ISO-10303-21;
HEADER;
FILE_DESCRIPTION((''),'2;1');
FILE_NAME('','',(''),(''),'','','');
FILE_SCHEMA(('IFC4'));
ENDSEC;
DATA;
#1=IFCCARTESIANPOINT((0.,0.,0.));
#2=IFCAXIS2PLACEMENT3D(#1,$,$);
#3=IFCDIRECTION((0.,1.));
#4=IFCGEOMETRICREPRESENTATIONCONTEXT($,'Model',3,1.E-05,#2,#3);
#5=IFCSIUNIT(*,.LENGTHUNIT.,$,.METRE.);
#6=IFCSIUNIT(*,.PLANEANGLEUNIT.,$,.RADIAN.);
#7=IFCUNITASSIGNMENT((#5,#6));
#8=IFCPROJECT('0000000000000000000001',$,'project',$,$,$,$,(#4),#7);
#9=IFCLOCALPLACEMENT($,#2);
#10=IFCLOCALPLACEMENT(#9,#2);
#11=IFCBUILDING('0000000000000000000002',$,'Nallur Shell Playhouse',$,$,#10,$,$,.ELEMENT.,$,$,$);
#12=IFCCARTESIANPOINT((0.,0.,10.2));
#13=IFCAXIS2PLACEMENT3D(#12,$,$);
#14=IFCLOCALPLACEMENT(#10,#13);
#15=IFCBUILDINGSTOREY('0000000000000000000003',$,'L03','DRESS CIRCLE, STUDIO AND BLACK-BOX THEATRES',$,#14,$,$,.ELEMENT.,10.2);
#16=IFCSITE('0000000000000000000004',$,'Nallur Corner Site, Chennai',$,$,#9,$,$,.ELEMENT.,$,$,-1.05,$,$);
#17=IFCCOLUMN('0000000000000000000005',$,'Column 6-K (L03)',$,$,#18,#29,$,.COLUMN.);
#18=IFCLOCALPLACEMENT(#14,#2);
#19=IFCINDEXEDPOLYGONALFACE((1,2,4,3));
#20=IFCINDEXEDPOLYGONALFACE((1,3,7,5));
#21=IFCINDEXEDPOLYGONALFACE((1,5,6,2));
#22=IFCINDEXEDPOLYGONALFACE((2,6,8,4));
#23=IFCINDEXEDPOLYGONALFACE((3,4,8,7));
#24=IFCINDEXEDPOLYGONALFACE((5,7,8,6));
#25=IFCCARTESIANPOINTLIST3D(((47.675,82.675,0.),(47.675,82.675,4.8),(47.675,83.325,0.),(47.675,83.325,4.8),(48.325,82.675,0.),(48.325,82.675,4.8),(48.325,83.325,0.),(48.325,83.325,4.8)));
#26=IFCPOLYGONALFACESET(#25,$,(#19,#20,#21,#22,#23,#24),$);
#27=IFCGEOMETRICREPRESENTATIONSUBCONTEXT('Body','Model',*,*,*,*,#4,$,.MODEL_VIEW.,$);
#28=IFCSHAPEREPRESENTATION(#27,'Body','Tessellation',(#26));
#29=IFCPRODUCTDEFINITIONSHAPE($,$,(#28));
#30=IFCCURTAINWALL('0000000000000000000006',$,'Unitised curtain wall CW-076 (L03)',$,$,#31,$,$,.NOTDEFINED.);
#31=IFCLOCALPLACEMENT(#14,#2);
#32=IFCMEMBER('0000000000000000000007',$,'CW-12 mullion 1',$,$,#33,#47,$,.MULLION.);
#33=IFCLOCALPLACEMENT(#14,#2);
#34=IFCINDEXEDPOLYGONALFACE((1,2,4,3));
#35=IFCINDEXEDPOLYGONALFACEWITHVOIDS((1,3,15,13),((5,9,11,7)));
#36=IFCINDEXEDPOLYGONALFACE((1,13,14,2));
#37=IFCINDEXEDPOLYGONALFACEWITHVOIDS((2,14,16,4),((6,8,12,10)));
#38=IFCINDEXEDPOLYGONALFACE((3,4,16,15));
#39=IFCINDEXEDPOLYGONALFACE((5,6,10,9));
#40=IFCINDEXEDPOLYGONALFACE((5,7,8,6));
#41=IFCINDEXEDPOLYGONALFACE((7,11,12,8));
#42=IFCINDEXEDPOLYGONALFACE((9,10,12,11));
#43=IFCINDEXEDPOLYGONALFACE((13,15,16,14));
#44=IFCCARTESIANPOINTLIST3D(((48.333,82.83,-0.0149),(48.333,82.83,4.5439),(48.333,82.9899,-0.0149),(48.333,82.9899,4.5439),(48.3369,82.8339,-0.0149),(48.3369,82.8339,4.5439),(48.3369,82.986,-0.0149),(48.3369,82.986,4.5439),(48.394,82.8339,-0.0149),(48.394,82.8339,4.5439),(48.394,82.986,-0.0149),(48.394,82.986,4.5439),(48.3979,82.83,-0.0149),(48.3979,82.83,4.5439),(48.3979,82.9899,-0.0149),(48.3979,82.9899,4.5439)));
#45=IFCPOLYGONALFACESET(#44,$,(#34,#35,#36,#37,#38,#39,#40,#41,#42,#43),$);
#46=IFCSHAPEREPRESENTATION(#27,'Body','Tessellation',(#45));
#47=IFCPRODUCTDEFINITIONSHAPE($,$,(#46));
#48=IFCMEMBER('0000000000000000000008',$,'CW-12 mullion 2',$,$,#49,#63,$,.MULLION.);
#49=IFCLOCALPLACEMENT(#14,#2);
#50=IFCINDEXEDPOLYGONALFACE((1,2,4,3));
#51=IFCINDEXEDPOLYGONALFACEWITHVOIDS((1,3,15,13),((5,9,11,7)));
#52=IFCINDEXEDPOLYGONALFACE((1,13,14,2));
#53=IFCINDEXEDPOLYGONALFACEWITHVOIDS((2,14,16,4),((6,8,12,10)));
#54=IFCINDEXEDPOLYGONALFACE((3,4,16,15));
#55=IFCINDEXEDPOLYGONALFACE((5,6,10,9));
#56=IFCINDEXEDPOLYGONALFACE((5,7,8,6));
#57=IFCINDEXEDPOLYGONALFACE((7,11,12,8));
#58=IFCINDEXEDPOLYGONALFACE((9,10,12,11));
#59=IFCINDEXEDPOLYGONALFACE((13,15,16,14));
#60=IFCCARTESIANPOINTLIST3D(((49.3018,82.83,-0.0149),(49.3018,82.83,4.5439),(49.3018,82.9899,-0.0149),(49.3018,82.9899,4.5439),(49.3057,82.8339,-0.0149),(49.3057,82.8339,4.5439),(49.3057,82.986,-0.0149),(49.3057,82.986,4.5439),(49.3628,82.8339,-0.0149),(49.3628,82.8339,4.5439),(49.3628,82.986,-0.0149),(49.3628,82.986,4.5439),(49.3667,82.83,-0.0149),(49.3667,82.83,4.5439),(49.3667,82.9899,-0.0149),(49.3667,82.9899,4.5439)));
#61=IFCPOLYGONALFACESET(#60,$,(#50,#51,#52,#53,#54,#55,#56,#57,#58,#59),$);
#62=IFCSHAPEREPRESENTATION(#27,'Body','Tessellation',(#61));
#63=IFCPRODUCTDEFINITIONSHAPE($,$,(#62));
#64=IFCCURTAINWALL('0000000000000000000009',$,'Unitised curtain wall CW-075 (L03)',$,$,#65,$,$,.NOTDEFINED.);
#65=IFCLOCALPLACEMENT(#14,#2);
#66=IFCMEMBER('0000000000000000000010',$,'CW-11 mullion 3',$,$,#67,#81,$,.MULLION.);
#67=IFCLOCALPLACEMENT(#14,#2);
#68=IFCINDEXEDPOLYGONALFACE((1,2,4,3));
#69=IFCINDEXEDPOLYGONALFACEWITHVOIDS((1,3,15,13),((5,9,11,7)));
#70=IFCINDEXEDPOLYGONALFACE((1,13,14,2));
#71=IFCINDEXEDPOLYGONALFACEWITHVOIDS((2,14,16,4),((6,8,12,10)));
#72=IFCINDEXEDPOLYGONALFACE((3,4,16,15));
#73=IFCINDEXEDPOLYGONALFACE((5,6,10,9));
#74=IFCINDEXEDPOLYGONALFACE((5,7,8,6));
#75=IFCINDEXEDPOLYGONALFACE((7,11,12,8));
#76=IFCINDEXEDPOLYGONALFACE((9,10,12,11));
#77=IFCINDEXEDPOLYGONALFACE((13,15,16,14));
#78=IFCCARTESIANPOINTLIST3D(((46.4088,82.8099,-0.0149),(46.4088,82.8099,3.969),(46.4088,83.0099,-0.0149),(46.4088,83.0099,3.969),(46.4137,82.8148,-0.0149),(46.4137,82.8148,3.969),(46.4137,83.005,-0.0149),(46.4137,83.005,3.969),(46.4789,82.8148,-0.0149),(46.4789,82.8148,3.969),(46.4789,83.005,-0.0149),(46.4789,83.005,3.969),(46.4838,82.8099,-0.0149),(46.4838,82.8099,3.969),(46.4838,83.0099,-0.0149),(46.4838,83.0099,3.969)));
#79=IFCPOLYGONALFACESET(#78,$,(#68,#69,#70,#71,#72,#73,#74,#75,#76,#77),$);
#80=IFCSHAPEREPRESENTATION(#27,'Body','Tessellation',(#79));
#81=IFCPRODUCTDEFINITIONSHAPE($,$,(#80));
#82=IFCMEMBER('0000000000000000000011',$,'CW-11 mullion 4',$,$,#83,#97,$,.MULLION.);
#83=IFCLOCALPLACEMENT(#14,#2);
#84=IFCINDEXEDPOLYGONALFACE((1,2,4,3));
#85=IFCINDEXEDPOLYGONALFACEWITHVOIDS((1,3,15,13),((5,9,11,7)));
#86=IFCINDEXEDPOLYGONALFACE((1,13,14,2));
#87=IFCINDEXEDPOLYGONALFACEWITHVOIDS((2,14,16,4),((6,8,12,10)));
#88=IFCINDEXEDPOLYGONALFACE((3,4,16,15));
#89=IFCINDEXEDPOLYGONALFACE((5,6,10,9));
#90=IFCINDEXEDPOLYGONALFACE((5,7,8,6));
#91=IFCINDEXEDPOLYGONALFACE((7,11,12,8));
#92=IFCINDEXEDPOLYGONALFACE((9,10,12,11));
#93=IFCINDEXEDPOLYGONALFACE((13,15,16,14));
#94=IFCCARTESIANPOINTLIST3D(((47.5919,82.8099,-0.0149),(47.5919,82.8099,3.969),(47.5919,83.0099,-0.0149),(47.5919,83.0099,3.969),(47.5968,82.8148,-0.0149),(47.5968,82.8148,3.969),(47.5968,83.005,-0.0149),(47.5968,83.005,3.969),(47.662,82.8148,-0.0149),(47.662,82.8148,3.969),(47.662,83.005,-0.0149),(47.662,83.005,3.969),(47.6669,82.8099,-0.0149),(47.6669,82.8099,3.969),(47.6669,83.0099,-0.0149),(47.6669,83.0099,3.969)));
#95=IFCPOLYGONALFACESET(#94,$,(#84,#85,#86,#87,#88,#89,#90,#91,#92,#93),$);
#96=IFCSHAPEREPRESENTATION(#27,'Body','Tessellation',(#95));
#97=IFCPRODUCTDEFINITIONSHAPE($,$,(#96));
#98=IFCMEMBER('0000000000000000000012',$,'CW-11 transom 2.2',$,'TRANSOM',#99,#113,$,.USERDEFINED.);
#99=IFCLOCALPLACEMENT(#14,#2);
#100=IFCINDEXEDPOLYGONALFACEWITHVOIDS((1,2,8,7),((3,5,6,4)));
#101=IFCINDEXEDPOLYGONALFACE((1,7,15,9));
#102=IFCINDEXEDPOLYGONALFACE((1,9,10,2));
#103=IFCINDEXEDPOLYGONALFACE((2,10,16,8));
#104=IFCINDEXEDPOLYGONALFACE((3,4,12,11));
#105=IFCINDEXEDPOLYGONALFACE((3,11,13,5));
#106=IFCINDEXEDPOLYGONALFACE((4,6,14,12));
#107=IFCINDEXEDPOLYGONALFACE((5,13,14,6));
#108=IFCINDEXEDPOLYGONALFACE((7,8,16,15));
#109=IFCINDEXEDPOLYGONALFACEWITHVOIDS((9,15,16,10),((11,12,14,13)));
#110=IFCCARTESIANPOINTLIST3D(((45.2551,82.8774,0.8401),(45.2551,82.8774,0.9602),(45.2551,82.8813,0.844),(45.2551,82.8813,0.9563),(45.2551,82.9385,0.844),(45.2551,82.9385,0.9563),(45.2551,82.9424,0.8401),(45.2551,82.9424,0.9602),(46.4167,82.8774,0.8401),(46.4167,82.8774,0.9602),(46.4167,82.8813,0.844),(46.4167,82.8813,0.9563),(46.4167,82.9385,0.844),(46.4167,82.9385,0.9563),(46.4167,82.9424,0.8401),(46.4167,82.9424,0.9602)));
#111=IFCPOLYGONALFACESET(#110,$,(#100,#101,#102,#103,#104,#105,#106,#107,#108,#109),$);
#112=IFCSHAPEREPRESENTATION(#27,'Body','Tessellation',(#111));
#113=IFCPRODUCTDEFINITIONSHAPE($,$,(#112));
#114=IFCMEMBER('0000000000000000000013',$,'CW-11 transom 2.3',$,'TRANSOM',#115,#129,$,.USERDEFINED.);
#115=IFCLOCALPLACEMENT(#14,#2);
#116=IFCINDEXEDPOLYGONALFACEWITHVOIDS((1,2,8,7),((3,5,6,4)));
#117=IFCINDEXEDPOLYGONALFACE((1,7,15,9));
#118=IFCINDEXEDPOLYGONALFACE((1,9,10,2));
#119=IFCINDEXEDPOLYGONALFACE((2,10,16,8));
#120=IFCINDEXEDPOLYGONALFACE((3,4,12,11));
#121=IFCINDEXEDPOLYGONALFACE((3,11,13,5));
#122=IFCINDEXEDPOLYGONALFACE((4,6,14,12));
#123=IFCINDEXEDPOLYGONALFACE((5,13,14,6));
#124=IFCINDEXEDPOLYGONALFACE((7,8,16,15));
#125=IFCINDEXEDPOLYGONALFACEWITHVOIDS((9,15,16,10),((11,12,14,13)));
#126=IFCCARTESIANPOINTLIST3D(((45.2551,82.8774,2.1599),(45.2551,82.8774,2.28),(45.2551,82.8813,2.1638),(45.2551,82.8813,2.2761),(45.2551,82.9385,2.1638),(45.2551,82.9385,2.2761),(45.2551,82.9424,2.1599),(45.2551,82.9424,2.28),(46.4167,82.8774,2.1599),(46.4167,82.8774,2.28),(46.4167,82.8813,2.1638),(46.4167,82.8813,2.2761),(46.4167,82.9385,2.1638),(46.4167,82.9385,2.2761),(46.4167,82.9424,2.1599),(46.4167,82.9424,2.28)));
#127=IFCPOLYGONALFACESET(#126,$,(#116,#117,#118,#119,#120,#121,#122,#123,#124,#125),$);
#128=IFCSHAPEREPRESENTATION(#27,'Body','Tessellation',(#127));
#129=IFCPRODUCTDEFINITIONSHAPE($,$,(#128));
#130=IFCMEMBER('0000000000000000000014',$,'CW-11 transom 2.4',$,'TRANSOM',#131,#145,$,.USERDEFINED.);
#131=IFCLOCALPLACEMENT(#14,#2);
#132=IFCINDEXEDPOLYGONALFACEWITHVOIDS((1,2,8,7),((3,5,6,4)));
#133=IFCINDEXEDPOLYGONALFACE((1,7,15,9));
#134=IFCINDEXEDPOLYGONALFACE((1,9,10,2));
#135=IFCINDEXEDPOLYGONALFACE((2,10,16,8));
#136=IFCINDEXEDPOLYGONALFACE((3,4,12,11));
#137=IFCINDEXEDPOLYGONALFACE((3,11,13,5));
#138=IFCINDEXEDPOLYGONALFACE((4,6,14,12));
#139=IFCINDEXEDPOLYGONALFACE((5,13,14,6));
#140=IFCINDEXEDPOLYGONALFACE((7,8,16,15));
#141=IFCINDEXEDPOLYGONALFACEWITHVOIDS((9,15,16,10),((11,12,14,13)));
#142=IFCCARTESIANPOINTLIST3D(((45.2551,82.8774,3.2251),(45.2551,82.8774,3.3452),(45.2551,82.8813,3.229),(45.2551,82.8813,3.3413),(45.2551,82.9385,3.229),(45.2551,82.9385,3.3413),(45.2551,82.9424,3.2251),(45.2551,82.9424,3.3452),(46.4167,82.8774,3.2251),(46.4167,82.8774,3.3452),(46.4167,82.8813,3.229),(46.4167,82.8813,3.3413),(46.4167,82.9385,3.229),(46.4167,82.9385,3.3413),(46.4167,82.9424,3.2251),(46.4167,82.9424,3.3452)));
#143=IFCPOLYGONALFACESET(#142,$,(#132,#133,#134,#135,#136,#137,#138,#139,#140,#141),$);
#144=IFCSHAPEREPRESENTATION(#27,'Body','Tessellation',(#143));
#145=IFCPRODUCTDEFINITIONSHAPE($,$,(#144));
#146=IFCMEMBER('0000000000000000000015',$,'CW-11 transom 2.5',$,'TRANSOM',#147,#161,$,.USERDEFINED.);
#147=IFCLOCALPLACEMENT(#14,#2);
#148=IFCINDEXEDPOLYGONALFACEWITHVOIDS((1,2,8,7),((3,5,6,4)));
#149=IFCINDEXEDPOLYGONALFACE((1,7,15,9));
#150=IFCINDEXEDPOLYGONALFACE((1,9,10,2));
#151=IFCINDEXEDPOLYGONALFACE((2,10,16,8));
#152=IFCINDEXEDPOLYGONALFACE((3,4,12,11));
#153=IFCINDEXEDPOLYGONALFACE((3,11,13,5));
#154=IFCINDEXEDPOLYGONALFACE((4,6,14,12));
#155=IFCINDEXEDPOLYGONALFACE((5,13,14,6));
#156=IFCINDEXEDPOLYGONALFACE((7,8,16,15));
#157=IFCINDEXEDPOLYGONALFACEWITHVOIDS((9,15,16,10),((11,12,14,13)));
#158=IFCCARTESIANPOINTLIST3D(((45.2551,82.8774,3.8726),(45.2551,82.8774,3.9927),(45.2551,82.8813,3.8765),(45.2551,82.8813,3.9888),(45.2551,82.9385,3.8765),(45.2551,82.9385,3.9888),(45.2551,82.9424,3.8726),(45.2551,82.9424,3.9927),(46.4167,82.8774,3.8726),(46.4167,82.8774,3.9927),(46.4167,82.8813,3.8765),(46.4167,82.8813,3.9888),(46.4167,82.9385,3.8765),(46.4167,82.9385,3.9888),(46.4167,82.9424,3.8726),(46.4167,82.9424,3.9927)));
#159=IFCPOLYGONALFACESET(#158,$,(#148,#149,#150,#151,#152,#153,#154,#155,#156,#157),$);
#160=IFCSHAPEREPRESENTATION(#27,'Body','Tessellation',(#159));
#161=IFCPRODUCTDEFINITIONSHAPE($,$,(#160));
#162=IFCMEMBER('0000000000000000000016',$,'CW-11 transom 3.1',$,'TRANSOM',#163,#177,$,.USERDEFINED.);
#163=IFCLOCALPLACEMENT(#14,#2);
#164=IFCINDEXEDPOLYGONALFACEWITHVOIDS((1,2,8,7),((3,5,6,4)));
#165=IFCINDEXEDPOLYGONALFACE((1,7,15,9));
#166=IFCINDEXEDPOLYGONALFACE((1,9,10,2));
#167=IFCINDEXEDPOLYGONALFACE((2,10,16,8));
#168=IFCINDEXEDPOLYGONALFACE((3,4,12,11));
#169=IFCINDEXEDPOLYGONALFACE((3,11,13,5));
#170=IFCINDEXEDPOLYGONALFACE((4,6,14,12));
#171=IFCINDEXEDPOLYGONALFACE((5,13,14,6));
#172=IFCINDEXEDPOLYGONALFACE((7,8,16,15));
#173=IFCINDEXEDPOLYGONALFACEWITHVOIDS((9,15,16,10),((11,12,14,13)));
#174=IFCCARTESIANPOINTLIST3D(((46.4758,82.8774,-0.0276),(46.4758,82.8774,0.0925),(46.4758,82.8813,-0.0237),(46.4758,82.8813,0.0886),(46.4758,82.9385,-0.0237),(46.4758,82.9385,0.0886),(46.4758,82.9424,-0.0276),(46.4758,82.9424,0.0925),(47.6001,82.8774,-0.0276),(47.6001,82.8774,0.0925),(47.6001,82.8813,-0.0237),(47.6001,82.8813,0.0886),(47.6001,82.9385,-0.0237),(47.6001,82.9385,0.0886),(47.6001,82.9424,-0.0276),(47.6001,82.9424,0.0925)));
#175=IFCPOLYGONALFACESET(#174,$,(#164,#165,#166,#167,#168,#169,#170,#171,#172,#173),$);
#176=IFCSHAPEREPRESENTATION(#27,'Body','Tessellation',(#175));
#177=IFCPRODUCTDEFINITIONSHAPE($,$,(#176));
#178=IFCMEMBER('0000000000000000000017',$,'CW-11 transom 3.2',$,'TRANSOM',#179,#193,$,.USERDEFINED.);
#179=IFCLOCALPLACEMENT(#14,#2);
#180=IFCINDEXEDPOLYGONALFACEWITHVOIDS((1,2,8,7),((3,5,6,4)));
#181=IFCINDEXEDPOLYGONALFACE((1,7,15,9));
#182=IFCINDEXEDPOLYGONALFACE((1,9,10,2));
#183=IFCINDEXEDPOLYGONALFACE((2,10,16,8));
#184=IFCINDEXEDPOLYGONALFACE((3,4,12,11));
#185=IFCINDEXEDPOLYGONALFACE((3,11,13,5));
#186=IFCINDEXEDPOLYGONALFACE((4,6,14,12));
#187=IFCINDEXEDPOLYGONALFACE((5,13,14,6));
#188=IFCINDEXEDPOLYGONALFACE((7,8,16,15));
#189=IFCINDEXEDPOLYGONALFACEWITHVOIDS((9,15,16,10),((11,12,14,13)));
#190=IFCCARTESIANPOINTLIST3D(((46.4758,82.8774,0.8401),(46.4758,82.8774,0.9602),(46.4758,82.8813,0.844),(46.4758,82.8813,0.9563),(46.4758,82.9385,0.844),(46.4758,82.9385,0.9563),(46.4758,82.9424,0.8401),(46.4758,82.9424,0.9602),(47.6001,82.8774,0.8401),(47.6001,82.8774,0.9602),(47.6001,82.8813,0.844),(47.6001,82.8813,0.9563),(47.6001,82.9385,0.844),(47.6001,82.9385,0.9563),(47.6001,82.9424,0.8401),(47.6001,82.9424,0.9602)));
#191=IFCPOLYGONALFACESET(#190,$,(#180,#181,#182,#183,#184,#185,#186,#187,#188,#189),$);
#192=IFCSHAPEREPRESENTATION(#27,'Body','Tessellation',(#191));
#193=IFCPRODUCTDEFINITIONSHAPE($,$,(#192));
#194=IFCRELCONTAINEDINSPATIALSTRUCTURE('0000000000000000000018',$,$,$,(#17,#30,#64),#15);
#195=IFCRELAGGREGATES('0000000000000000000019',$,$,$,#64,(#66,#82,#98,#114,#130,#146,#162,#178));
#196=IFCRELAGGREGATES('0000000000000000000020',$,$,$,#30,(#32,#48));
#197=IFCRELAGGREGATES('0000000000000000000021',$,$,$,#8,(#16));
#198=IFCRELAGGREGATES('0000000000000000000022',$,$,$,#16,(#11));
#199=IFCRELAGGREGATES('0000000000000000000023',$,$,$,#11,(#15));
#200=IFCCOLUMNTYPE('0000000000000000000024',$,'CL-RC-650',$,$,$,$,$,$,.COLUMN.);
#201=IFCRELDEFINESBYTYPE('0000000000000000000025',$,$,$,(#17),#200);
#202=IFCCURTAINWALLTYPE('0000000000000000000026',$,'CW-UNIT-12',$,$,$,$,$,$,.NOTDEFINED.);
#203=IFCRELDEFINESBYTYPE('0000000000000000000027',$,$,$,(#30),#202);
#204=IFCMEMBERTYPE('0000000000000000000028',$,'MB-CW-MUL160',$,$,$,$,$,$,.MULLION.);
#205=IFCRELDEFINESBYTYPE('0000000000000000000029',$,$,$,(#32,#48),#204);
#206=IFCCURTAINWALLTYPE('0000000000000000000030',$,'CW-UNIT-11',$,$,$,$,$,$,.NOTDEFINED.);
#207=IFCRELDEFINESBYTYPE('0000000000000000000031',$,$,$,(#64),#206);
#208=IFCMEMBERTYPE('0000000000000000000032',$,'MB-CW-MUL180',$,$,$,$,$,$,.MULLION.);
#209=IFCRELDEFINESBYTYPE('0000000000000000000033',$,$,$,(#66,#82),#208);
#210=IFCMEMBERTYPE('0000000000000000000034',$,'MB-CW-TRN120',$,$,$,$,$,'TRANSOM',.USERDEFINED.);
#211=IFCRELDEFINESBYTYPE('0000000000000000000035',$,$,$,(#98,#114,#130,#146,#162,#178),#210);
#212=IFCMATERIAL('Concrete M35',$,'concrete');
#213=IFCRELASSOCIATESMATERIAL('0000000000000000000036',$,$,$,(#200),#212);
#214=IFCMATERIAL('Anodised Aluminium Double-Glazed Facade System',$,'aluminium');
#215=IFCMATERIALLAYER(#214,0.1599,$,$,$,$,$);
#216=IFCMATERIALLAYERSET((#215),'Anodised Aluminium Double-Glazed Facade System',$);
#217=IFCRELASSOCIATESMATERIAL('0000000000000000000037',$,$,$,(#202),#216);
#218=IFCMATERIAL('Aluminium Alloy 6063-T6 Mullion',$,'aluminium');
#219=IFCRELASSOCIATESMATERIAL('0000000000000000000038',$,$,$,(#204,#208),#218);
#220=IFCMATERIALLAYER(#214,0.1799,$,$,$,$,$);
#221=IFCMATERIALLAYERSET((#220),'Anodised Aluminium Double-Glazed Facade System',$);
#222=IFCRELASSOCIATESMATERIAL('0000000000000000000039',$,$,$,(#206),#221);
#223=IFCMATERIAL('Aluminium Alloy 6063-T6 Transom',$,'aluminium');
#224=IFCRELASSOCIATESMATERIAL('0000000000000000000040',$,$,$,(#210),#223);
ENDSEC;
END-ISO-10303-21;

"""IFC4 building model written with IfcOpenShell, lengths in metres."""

from ifc_helpers import new_model, si_unit, direction, frame, origin, origin_2d, place, context, subcontext, project, spatial, rectangle, hollow_rectangle, extrude, material, layer, layer_set, material_profile, profile_set, type_object, element, aggregate, save


model = new_model("IFC4")

# Units and contexts
model_context = context("Model", 3, precision=1e-05, world=origin(), true_north=direction((0.0, 1.0)))
body_context = subcontext(model_context, "Body", "Model", "MODEL_VIEW")
ifc_project = project(units=[si_unit("LENGTHUNIT", "METRE"), si_unit("PLANEANGLEUNIT", "RADIAN")], contexts=[model_context])

# Site, building, storey
site_placement = place(None, origin())
site = spatial("IfcSite", under=ifc_project, at=site_placement, Name="Nallur Corner Site, Chennai", CompositionType="ELEMENT", RefElevation=-1.05)
building_placement = place(site_placement, origin())
building = spatial("IfcBuilding", under=site, at=building_placement, Name="Nallur Shell Playhouse", CompositionType="ELEMENT")
storey_placement = place(building_placement, frame((0.0, 0.0, 10.2)))
storey = spatial("IfcBuildingStorey", under=building, at=storey_placement, Name="L03", Description="DRESS CIRCLE, STUDIO AND BLACK-BOX THEATRES", CompositionType="ELEMENT", Elevation=10.2)

# Column
ifc_material_1 = material(Name="Concrete M35", Category="concrete")
ifc_material_profile_1 = material_profile(ifc_material_1, rectangle(XDim=0.6499, YDim=0.6499, at=origin_2d()), Name="RC 650x650")
ifc_profile_set_1 = profile_set([ifc_material_profile_1], Name="Concrete M35")
column_type = type_object("IfcColumnType", Name="CL-RC-650", PredefinedType="COLUMN", material=ifc_profile_set_1)
column_placement = place(storey_placement, frame((48.0, 83.0, 0.0), z_axis=(0.0, 0.0, 1.0), x_axis=(1.0, 0.0, 0.0)))
element("IfcColumn", 1, at=column_placement, inside=storey, type_object=column_type, Name="Column 6-K (L03)", PredefinedType="COLUMN", context=body_context, shape_type="SweptSolid", body=[
    extrude(rectangle(XDim=0.6499, YDim=0.6499, at=origin_2d()), origin(), (0.0, 0.0, 1.0), 4.8),
])

# Curtain walls, members
ifc_material_2 = material(Name="Anodised Aluminium Double-Glazed Facade System", Category="aluminium")
ifc_layer_1 = layer(ifc_material_2, 0.1599)
ifc_layer_set_1 = layer_set([ifc_layer_1], Name="Anodised Aluminium Double-Glazed Facade System")
curtain_wall_type_1 = type_object("IfcCurtainWallType", Name="CW-UNIT-12", PredefinedType="NOTDEFINED", material=ifc_layer_set_1)
curtain_wall_1_placement = place(storey_placement, origin())
curtain_wall_1 = element("IfcCurtainWall", 2, at=curtain_wall_1_placement, inside=storey, type_object=curtain_wall_type_1, Name="Unitised curtain wall CW-076 (L03)", PredefinedType="NOTDEFINED")
ifc_material_3 = material(Name="Aluminium Alloy 6063-T6 Mullion", Category="aluminium")
ifc_material_profile_2 = material_profile(ifc_material_3, hollow_rectangle(XDim=0.0649, YDim=0.1599, WallThickness=0.0039, at=origin_2d()), Name="ALU 65x160x4")
ifc_profile_set_2 = profile_set([ifc_material_profile_2], Name="Aluminium Alloy 6063-T6 Mullion")
member_type_1 = type_object("IfcMemberType", Name="MB-CW-MUL160", PredefinedType="MULLION", material=ifc_profile_set_2)
member_1_placement = place(storey_placement, frame((48.3655, 82.9099, -0.0149), z_axis=(0.0, 0.0, 1.0), x_axis=(1.0, 0.0, 0.0)))
member_1 = element("IfcMember", 3, at=member_1_placement, type_object=member_type_1, Name="CW-12 mullion 1", PredefinedType="MULLION", context=body_context, shape_type="SweptSolid", body=[
    extrude(hollow_rectangle(XDim=0.0649, YDim=0.1599, WallThickness=0.0039, at=origin_2d()), origin(), (0.0, 0.0, 1.0), 4.5588),
])
member_2_placement = place(storey_placement, frame((49.3342, 82.9099, -0.0149), z_axis=(0.0, 0.0, 1.0), x_axis=(1.0, 0.0, 0.0)))
member_2 = element("IfcMember", 4, at=member_2_placement, type_object=member_type_1, Name="CW-12 mullion 2", PredefinedType="MULLION", context=body_context, shape_type="SweptSolid", body=[
    extrude(hollow_rectangle(XDim=0.0649, YDim=0.1599, WallThickness=0.0039, at=origin_2d()), origin(), (0.0, 0.0, 1.0), 4.5588),
])
ifc_layer_2 = layer(ifc_material_2, 0.1799)
ifc_layer_set_2 = layer_set([ifc_layer_2], Name="Anodised Aluminium Double-Glazed Facade System")
curtain_wall_type_2 = type_object("IfcCurtainWallType", Name="CW-UNIT-11", PredefinedType="NOTDEFINED", material=ifc_layer_set_2)
curtain_wall_2_placement = place(storey_placement, origin())
curtain_wall_2 = element("IfcCurtainWall", 5, at=curtain_wall_2_placement, inside=storey, type_object=curtain_wall_type_2, Name="Unitised curtain wall CW-075 (L03)", PredefinedType="NOTDEFINED")
ifc_material_profile_3 = material_profile(ifc_material_3, hollow_rectangle(XDim=0.075, YDim=0.2, WallThickness=0.0049, at=origin_2d()), Name="ALU 75x200x5")
ifc_profile_set_3 = profile_set([ifc_material_profile_3], Name="Aluminium Alloy 6063-T6 Mullion")
member_type_2 = type_object("IfcMemberType", Name="MB-CW-MUL180", PredefinedType="MULLION", material=ifc_profile_set_3)
member_3_placement = place(storey_placement, frame((46.4463, 82.9099, -0.0149), z_axis=(0.0, 0.0, 1.0), x_axis=(1.0, 0.0, 0.0)))
member_3 = element("IfcMember", 6, at=member_3_placement, type_object=member_type_2, Name="CW-11 mullion 3", PredefinedType="MULLION", context=body_context, shape_type="SweptSolid", body=[
    extrude(hollow_rectangle(XDim=0.075, YDim=0.2, WallThickness=0.0049, at=origin_2d()), origin(), (0.0, 0.0, 1.0), 3.9839),
])
member_4_placement = place(storey_placement, frame((47.6294, 82.9099, -0.0149), z_axis=(0.0, 0.0, 1.0), x_axis=(1.0, 0.0, 0.0)))
member_4 = element("IfcMember", 7, at=member_4_placement, type_object=member_type_2, Name="CW-11 mullion 4", PredefinedType="MULLION", context=body_context, shape_type="SweptSolid", body=[
    extrude(hollow_rectangle(XDim=0.075, YDim=0.2, WallThickness=0.0049, at=origin_2d()), origin(), (0.0, 0.0, 1.0), 3.9839),
])
ifc_material_4 = material(Name="Aluminium Alloy 6063-T6 Transom", Category="aluminium")
ifc_material_profile_4 = material_profile(ifc_material_4, hollow_rectangle(XDim=0.0649, YDim=0.1201, WallThickness=0.0039, at=origin_2d()), Name="ALU 65x120x4")
ifc_profile_set_4 = profile_set([ifc_material_profile_4], Name="Aluminium Alloy 6063-T6 Transom")
member_type_3 = type_object("IfcMemberType", Name="MB-CW-TRN120", ElementType="TRANSOM", PredefinedType="USERDEFINED", material=ifc_profile_set_4)
member_5_placement = place(storey_placement, frame((45.2551, 82.9099, 0.9001), z_axis=(1.0, 0.0, 0.0), x_axis=(0.0, 1.0, 0.0)))
member_5 = element("IfcMember", 8, at=member_5_placement, type_object=member_type_3, Name="CW-11 transom 2.2", ObjectType="TRANSOM", PredefinedType="USERDEFINED", context=body_context, shape_type="SweptSolid", body=[
    extrude(hollow_rectangle(XDim=0.0649, YDim=0.1201, WallThickness=0.0039, at=origin_2d()), origin(), (0.0, 0.0, 1.0), 1.1616),
])
member_6_placement = place(storey_placement, frame((45.2551, 82.9099, 2.22), z_axis=(1.0, 0.0, 0.0), x_axis=(0.0, 1.0, 0.0)))
member_6 = element("IfcMember", 9, at=member_6_placement, type_object=member_type_3, Name="CW-11 transom 2.3", ObjectType="TRANSOM", PredefinedType="USERDEFINED", context=body_context, shape_type="SweptSolid", body=[
    extrude(hollow_rectangle(XDim=0.0649, YDim=0.1201, WallThickness=0.0039, at=origin_2d()), origin(), (0.0, 0.0, 1.0), 1.1616),
])
member_7_placement = place(storey_placement, frame((45.2551, 82.9099, 3.2852), z_axis=(1.0, 0.0, 0.0), x_axis=(0.0, 1.0, 0.0)))
member_7 = element("IfcMember", 10, at=member_7_placement, type_object=member_type_3, Name="CW-11 transom 2.4", ObjectType="TRANSOM", PredefinedType="USERDEFINED", context=body_context, shape_type="SweptSolid", body=[
    extrude(hollow_rectangle(XDim=0.0649, YDim=0.1201, WallThickness=0.0039, at=origin_2d()), origin(), (0.0, 0.0, 1.0), 1.1616),
])
member_8_placement = place(storey_placement, frame((45.2551, 82.9099, 3.9326), z_axis=(1.0, 0.0, 0.0), x_axis=(0.0, 1.0, 0.0)))
member_8 = element("IfcMember", 11, at=member_8_placement, type_object=member_type_3, Name="CW-11 transom 2.5", ObjectType="TRANSOM", PredefinedType="USERDEFINED", context=body_context, shape_type="SweptSolid", body=[
    extrude(hollow_rectangle(XDim=0.0649, YDim=0.1201, WallThickness=0.0039, at=origin_2d()), origin(), (0.0, 0.0, 1.0), 1.1616),
])
member_9_placement = place(storey_placement, frame((46.4758, 82.9099, 0.0325), z_axis=(1.0, 0.0, 0.0), x_axis=(0.0, 1.0, 0.0)))
member_9 = element("IfcMember", 12, at=member_9_placement, type_object=member_type_3, Name="CW-11 transom 3.1", ObjectType="TRANSOM", PredefinedType="USERDEFINED", context=body_context, shape_type="SweptSolid", body=[
    extrude(hollow_rectangle(XDim=0.0649, YDim=0.1201, WallThickness=0.0039, at=origin_2d()), origin(), (0.0, 0.0, 1.0), 1.1243),
])
member_10_placement = place(storey_placement, frame((46.4758, 82.9099, 0.9001), z_axis=(1.0, 0.0, 0.0), x_axis=(0.0, 1.0, 0.0)))
member_10 = element("IfcMember", 13, at=member_10_placement, type_object=member_type_3, Name="CW-11 transom 3.2", ObjectType="TRANSOM", PredefinedType="USERDEFINED", context=body_context, shape_type="SweptSolid", body=[
    extrude(hollow_rectangle(XDim=0.0649, YDim=0.1201, WallThickness=0.0039, at=origin_2d()), origin(), (0.0, 0.0, 1.0), 1.1243),
])

aggregate(curtain_wall_2, [member_3, member_4, member_5, member_6, member_7, member_8, member_9, member_10])
aggregate(curtain_wall_1, [member_1, member_2])

save(model, "model.ifc")
